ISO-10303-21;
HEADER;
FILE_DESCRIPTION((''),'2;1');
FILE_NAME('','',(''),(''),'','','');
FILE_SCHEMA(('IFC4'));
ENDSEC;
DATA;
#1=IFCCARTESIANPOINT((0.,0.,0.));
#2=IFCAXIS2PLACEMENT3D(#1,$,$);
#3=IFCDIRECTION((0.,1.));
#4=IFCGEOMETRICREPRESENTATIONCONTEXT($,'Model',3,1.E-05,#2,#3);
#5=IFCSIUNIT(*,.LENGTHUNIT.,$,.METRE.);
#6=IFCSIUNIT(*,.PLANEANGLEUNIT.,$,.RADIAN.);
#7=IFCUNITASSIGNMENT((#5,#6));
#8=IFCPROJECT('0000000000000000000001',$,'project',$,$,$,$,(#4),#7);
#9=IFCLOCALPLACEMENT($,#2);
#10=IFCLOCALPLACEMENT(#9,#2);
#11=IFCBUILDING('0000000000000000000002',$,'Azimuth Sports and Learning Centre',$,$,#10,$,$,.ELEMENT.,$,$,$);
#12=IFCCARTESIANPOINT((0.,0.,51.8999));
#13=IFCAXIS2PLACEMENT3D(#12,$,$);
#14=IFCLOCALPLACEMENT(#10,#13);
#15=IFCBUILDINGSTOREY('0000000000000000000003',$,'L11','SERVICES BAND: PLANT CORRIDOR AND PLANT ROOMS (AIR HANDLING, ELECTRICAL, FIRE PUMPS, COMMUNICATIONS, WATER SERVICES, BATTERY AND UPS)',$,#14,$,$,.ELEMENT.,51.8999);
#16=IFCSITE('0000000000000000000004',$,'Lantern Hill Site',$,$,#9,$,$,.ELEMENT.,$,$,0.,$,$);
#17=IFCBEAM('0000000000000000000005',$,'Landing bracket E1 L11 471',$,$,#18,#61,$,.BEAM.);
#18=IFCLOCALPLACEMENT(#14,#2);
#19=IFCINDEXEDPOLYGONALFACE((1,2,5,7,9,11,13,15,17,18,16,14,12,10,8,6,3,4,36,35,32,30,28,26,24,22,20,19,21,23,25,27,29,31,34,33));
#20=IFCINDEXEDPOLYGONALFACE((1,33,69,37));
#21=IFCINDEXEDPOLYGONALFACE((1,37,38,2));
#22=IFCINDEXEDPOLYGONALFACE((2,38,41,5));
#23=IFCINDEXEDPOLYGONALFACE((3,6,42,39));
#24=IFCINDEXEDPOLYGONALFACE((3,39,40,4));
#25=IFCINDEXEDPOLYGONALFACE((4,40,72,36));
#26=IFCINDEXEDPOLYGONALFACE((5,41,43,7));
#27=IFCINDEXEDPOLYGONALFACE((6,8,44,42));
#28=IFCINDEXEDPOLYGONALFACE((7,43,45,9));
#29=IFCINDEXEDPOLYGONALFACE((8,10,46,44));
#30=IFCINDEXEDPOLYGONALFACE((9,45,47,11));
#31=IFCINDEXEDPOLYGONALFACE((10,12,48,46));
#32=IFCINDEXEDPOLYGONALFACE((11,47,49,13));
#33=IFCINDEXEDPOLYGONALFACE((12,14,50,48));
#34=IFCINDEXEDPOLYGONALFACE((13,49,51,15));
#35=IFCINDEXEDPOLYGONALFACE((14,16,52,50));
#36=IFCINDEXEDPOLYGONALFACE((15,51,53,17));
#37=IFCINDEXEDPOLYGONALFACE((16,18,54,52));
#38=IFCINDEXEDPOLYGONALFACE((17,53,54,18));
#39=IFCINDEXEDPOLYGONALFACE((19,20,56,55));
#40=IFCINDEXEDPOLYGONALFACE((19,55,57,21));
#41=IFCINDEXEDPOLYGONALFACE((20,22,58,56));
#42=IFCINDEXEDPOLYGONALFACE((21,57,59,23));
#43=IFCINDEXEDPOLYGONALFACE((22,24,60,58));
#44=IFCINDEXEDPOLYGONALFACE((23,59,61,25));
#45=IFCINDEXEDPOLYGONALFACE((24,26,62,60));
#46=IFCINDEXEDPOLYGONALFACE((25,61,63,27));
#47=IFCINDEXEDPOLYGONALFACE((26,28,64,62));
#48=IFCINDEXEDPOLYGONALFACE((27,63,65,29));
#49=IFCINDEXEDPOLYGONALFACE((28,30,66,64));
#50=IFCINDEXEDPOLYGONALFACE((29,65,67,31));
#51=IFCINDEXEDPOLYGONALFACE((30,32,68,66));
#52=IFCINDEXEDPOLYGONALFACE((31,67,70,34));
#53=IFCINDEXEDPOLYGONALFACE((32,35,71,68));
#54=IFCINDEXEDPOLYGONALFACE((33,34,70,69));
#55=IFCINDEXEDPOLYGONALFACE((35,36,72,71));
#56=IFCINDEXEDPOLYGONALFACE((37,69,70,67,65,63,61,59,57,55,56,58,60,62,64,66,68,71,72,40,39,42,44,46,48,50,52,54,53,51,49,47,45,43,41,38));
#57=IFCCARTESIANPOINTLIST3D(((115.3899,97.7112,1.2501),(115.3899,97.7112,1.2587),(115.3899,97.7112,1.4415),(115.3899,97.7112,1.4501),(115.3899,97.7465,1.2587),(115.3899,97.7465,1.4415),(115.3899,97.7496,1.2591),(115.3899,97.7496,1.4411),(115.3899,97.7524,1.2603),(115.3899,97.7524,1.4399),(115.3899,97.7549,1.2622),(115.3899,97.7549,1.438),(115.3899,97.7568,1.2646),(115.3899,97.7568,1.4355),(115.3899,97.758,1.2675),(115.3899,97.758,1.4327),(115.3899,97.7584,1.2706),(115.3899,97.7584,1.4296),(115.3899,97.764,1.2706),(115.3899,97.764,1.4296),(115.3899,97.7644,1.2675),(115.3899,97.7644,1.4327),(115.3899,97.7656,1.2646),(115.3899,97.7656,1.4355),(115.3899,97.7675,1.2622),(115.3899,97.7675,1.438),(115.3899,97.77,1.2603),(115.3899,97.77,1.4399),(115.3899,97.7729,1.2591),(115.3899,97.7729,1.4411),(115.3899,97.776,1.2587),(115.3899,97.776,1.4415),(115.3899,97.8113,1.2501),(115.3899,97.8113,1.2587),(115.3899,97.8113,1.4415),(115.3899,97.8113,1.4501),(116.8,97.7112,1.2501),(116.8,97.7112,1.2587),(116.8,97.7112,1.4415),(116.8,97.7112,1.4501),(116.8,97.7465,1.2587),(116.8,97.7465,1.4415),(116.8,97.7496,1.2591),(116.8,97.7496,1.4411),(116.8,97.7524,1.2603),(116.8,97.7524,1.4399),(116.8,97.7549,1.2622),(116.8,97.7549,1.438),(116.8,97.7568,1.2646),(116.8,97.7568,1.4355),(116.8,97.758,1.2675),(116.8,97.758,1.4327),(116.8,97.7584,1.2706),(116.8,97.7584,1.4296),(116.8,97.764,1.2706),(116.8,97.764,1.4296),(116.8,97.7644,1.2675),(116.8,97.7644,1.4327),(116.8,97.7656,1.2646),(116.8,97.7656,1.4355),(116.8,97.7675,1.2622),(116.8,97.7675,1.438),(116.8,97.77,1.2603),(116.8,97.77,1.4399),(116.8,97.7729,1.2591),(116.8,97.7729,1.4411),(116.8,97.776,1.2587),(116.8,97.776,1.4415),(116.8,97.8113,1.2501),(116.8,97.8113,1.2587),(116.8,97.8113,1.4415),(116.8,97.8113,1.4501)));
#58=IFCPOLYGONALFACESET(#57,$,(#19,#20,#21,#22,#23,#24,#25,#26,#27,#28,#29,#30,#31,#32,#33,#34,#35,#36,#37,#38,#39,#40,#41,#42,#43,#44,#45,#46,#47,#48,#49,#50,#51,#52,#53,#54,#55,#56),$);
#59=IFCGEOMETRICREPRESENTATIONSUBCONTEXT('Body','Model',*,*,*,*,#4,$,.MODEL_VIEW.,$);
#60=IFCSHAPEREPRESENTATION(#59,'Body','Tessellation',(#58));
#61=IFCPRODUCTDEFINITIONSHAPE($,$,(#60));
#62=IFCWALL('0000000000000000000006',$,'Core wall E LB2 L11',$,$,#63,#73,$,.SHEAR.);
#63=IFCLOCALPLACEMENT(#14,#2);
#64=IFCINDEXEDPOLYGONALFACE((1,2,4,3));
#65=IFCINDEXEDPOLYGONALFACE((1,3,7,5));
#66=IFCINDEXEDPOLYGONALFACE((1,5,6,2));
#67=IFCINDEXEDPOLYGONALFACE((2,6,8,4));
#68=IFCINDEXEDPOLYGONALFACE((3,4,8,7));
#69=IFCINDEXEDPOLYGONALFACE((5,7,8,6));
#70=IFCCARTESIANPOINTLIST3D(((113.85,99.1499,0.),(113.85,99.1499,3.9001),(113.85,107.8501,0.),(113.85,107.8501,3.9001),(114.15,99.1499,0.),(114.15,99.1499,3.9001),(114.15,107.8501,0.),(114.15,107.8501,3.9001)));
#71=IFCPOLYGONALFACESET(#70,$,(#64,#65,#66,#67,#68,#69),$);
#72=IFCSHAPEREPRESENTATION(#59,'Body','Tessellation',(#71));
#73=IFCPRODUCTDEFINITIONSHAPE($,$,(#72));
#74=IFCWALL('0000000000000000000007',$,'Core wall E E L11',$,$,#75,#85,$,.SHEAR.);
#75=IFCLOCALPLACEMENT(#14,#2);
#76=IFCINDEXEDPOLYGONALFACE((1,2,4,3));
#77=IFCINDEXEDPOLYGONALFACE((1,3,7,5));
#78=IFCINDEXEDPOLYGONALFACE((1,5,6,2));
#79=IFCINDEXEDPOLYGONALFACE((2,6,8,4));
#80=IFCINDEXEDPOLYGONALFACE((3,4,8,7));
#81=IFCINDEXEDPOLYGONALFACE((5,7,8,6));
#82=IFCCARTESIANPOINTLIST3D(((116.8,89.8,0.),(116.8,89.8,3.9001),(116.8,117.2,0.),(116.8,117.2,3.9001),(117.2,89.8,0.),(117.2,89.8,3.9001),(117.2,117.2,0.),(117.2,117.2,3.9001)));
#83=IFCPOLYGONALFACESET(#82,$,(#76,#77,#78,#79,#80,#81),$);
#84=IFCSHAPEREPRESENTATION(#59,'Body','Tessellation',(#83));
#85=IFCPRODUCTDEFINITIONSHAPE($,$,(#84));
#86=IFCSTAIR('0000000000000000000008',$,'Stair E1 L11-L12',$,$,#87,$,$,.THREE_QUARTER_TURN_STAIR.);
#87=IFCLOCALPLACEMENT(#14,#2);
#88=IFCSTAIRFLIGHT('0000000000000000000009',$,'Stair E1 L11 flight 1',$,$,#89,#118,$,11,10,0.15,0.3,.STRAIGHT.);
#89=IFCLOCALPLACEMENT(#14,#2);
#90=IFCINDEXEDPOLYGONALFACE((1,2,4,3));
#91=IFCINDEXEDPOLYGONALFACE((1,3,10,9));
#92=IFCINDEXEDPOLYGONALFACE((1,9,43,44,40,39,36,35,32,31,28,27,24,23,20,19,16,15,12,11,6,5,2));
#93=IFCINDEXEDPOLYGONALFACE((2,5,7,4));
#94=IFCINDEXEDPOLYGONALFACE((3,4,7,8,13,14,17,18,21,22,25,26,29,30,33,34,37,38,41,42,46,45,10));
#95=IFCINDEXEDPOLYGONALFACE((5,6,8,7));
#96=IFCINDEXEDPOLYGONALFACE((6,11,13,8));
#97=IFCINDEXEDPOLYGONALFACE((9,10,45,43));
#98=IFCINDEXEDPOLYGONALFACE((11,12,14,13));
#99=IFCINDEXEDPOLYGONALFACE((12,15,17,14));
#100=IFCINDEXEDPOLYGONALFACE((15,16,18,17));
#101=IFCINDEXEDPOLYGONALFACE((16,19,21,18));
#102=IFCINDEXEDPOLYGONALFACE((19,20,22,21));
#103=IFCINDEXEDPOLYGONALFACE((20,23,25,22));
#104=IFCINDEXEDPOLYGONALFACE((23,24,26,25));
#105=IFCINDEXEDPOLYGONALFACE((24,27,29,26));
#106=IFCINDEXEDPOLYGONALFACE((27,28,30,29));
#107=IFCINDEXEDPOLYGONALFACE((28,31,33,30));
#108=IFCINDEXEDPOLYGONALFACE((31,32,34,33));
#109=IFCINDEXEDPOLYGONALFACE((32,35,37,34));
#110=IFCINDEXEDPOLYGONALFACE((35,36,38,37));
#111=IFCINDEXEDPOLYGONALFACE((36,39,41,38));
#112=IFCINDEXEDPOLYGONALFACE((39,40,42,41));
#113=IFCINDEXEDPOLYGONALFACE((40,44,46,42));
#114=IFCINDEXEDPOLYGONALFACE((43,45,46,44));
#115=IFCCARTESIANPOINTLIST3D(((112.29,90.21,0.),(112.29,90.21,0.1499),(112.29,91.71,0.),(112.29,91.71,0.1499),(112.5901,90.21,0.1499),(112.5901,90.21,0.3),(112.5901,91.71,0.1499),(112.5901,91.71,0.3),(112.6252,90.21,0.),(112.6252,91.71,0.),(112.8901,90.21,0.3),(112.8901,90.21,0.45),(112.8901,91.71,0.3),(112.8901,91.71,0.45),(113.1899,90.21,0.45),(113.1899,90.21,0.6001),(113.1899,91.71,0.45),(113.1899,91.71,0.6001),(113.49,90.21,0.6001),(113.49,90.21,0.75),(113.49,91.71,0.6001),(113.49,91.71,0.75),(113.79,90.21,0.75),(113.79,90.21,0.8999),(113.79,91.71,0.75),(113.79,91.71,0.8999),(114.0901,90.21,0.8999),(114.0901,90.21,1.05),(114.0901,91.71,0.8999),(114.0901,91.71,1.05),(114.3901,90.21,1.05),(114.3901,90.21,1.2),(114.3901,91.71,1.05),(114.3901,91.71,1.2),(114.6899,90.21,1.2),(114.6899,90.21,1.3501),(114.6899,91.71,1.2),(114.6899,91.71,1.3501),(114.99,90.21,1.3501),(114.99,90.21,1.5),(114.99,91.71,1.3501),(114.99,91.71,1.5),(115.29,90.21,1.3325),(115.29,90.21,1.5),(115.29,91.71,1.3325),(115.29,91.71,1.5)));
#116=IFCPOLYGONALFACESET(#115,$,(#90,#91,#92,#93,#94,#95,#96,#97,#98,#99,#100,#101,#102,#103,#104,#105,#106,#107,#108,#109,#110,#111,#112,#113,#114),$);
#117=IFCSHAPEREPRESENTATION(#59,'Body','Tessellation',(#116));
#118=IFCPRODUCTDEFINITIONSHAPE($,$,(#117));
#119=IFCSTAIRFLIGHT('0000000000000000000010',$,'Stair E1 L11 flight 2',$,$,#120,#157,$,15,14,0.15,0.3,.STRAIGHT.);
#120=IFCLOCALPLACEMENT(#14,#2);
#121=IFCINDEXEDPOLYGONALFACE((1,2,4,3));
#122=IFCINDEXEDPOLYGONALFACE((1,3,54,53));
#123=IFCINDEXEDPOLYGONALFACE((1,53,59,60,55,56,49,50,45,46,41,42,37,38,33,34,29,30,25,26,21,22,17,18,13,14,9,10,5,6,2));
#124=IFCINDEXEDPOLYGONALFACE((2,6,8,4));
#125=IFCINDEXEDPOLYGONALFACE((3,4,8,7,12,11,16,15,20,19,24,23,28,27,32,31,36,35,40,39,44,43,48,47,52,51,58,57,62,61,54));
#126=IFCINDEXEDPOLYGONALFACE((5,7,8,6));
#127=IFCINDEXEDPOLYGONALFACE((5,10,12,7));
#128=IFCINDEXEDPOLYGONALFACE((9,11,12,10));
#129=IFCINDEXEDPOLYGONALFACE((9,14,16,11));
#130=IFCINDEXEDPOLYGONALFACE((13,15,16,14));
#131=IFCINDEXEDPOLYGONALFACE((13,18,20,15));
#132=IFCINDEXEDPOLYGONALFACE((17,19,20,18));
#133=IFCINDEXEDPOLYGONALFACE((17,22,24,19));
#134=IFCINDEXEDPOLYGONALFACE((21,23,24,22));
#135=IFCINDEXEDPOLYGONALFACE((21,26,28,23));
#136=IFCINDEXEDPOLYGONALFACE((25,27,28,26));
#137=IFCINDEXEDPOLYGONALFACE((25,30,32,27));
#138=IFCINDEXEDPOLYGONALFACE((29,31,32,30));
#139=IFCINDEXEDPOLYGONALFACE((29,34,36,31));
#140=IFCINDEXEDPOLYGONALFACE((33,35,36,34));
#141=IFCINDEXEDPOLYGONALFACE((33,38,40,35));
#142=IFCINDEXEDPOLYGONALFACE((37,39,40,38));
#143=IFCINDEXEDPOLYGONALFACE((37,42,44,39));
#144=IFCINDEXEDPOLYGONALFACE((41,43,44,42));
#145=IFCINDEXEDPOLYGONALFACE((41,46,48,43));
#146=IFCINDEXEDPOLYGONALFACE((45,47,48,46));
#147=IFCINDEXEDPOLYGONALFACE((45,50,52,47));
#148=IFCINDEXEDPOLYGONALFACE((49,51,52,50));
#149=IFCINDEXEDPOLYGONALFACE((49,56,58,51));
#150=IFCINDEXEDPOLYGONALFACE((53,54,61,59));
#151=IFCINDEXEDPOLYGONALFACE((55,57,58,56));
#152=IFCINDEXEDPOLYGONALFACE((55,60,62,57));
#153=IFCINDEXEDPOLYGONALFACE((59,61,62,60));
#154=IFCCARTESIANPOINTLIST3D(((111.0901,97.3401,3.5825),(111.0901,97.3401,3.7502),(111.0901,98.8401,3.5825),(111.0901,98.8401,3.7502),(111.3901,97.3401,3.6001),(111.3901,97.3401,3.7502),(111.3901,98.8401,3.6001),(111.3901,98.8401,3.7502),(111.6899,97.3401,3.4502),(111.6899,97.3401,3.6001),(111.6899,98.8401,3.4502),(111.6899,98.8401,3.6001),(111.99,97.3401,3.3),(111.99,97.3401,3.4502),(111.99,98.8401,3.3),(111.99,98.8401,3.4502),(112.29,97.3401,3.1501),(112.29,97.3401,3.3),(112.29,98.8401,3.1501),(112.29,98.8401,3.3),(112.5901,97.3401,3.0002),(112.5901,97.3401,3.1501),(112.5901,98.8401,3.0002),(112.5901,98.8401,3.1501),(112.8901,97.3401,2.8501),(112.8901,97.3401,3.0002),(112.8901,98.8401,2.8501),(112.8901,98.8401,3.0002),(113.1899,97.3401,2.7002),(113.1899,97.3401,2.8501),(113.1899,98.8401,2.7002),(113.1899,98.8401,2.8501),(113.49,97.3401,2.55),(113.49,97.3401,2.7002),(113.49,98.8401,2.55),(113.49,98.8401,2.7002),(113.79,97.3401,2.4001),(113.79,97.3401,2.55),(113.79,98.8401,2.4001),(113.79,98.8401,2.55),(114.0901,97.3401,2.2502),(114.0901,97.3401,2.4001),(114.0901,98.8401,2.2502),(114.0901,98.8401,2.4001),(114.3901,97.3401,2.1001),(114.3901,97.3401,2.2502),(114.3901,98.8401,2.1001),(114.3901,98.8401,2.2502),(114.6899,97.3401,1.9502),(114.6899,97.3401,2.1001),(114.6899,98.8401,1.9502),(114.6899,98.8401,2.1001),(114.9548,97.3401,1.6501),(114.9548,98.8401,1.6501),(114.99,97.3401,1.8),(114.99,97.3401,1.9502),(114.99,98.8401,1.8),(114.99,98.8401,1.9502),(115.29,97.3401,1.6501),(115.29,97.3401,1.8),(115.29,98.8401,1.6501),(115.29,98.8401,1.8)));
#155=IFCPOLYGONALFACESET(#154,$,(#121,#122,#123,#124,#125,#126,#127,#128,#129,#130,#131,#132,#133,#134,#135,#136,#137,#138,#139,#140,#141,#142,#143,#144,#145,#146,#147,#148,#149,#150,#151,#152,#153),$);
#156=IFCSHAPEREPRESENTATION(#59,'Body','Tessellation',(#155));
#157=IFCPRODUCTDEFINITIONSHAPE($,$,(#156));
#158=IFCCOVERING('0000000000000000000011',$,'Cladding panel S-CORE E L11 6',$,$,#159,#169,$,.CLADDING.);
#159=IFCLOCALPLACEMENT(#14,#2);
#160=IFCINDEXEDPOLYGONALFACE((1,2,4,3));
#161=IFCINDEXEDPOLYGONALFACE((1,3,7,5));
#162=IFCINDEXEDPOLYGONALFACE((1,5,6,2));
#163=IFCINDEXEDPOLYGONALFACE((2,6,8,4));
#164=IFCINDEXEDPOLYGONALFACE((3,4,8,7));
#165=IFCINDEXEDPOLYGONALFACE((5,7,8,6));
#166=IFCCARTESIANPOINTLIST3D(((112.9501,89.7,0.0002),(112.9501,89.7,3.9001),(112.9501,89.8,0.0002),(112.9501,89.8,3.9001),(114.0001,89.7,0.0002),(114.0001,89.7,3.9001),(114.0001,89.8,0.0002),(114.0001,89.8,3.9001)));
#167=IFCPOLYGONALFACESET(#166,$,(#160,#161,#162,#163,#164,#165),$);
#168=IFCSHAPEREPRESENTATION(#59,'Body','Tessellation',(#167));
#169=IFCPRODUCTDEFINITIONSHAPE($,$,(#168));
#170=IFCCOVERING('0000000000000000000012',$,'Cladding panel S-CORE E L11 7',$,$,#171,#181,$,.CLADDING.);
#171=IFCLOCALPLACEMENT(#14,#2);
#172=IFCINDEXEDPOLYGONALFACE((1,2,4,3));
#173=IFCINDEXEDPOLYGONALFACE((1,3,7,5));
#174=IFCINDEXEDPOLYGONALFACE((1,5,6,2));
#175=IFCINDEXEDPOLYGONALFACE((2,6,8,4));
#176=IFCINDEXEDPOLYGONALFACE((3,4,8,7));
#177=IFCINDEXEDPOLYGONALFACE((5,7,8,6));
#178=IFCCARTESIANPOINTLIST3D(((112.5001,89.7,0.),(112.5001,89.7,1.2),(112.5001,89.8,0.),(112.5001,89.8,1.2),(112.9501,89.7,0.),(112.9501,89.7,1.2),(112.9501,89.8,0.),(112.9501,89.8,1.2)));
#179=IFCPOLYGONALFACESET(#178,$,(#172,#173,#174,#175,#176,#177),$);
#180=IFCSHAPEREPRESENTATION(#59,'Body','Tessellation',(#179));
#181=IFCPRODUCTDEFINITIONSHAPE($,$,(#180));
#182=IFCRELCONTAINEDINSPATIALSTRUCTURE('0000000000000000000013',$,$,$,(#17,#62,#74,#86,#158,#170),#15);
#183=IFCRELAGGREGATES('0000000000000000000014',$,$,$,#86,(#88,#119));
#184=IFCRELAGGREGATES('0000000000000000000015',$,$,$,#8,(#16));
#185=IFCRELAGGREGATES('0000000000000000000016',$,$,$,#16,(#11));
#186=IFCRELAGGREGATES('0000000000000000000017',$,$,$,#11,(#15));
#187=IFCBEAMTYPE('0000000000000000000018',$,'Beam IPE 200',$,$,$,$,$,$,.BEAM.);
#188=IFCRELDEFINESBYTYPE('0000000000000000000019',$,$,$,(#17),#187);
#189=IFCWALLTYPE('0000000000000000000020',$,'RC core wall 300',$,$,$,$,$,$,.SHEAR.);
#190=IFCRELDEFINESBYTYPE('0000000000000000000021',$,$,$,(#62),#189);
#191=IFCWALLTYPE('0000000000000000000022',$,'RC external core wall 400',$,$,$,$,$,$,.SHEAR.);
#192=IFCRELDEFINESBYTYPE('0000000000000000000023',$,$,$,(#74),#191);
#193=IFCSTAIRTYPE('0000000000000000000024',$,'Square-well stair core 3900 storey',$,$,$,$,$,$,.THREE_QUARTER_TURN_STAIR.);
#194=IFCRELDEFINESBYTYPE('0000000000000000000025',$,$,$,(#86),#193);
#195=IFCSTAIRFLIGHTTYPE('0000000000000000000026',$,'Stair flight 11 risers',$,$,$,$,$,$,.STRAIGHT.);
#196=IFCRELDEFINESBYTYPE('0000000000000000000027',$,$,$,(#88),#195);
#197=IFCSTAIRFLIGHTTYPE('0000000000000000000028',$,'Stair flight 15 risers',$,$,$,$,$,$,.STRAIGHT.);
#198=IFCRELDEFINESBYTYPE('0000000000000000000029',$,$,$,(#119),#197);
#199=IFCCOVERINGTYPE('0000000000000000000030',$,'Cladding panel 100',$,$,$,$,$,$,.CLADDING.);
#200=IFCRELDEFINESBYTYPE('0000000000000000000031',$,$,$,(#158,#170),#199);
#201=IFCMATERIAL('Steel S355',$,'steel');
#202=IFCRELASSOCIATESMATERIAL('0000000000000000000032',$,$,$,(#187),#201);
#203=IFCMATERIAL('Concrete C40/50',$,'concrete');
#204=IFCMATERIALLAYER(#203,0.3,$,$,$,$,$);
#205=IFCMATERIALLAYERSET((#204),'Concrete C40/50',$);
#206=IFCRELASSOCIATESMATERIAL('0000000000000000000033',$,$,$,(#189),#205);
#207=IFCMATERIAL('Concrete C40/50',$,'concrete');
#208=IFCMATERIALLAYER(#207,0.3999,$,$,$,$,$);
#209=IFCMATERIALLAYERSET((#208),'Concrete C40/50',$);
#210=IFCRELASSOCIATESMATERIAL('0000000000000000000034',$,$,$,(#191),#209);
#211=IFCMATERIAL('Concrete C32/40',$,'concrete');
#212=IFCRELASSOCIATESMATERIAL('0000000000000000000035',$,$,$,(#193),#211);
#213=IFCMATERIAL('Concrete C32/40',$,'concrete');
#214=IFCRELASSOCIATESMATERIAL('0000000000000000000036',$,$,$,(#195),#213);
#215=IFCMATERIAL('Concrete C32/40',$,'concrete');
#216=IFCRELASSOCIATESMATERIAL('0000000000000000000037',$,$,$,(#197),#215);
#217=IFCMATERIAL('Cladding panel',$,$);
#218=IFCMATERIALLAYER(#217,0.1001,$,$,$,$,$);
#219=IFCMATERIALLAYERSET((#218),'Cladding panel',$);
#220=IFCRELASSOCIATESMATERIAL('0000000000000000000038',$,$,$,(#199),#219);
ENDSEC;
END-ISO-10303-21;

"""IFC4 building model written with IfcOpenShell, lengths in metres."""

from ifc_helpers import new_model, si_unit, direction, frame, frame_2d, origin, origin_2d, place, context, subcontext, project, spatial, polyline, rectangle, i_section, outline, extrude, material, layer, layer_set, material_profile, profile_set, type_object, element, aggregate, save


model = new_model("IFC4")

# Units and contexts
model_context = context("Model", 3, precision=1e-05, world=origin(), true_north=direction((0.0, 1.0)))
body_context = subcontext(model_context, "Body", "Model", "MODEL_VIEW")
ifc_project = project(units=[si_unit("LENGTHUNIT", "METRE"), si_unit("PLANEANGLEUNIT", "RADIAN")], contexts=[model_context])

# Site, building, storey
site_placement = place(None, origin())
site = spatial("IfcSite", under=ifc_project, at=site_placement, Name="Lantern Hill Site", CompositionType="ELEMENT", RefElevation=0.0)
building_placement = place(site_placement, origin())
building = spatial("IfcBuilding", under=site, at=building_placement, Name="Azimuth Sports and Learning Centre", CompositionType="ELEMENT")
storey_placement = place(building_placement, frame((0.0, 0.0, 51.8999)))
storey = spatial("IfcBuildingStorey", under=building, at=storey_placement, Name="L11", Description="SERVICES BAND: PLANT CORRIDOR AND PLANT ROOMS (AIR HANDLING, ELECTRICAL, FIRE PUMPS, COMMUNICATIONS, WATER SERVICES, BATTERY AND UPS)", CompositionType="ELEMENT", Elevation=51.8999)

# Beam
ifc_material_1 = material(Name="Steel S355", Category="steel")
ifc_material_profile = material_profile(ifc_material_1, i_section(OverallWidth=0.1001, OverallDepth=0.2, WebThickness=0.0056, FlangeThickness=0.0085, FilletRadius=0.012, at=origin_2d()), Name="IPE 200")
ifc_profile_set = profile_set([ifc_material_profile], Name="Steel S355")
beam_type = type_object("IfcBeamType", Name="Beam IPE 200", PredefinedType="BEAM", material=ifc_profile_set)
for number, where, z_axis, x_axis, name in (
    (1, (116.8, 97.7612, 1.3501), (-1.0, 0.0, 0.0), (0.0, -1.0, 0.0), "Landing bracket E1 L11 471"),
):
    element("IfcBeam", number, at=place(storey_placement, frame(where, z_axis=z_axis, x_axis=x_axis)), inside=storey, type_object=beam_type, Name=name, PredefinedType="BEAM", context=body_context, shape_type="SweptSolid", body=[
        extrude(i_section(OverallWidth=0.1001, OverallDepth=0.2, WebThickness=0.0056, FlangeThickness=0.0085, FilletRadius=0.012, at=origin_2d()), origin(), (0.0, 0.0, 1.0), 1.4102),
    ])

# Walls
ifc_material_2 = material(Name="Concrete C40/50", Category="concrete")
ifc_layer_1 = layer(ifc_material_2, 0.3)
ifc_layer_set_1 = layer_set([ifc_layer_1], Name="Concrete C40/50")
wall_type_1 = type_object("IfcWallType", Name="RC core wall 300", PredefinedType="SHEAR", material=ifc_layer_set_1)
wall_1_placement = place(storey_placement, frame((114.0, 99.1499, 0.0), z_axis=(0.0, 0.0, 1.0), x_axis=(0.0, 1.0, 0.0)))
element("IfcWall", 2, at=wall_1_placement, inside=storey, type_object=wall_type_1, Name="Core wall E LB2 L11", PredefinedType="SHEAR", context=body_context, shape_type="SweptSolid", body=[
    extrude(rectangle(XDim=8.7002, YDim=0.3, at=frame_2d((4.3501, 0.0))), origin(), (0.0, 0.0, 1.0), 3.9001),
])
ifc_material_3 = material(Name="Concrete C40/50", Category="concrete")
ifc_layer_2 = layer(ifc_material_3, 0.3999)
ifc_layer_set_2 = layer_set([ifc_layer_2], Name="Concrete C40/50")
wall_type_2 = type_object("IfcWallType", Name="RC external core wall 400", PredefinedType="SHEAR", material=ifc_layer_set_2)
wall_2_placement = place(storey_placement, frame((117.0, 89.8, 0.0), z_axis=(0.0, 0.0, 1.0), x_axis=(0.0, 1.0, 0.0)))
element("IfcWall", 3, at=wall_2_placement, inside=storey, type_object=wall_type_2, Name="Core wall E E L11", PredefinedType="SHEAR", context=body_context, shape_type="SweptSolid", body=[
    extrude(rectangle(XDim=27.3999, YDim=0.3999, at=frame_2d((13.7, 0.0))), origin(), (0.0, 0.0, 1.0), 3.9001),
])

# Stair, stair flights
ifc_material_4 = material(Name="Concrete C32/40", Category="concrete")
stair_type = type_object("IfcStairType", Name="Square-well stair core 3900 storey", PredefinedType="THREE_QUARTER_TURN_STAIR", material=ifc_material_4)
stair_placement = place(storey_placement, origin())
stair = element("IfcStair", 4, at=stair_placement, inside=storey, type_object=stair_type, Name="Stair E1 L11-L12", PredefinedType="THREE_QUARTER_TURN_STAIR")
ifc_material_5 = material(Name="Concrete C32/40", Category="concrete")
stair_flight_type_1 = type_object("IfcStairFlightType", Name="Stair flight 11 risers", PredefinedType="STRAIGHT", material=ifc_material_5)
stair_flight_1_placement = place(storey_placement, frame((112.29, 90.96, 0.0), z_axis=(0.0, 0.0, 1.0), x_axis=(1.0, 0.0, 0.0)))
stair_flight_1 = element("IfcStairFlight", 5, at=stair_flight_1_placement, type_object=stair_flight_type_1, Name="Stair E1 L11 flight 1", NumberOfRisers=11, NumberOfTreads=10, PredefinedType="STRAIGHT", RiserHeight=0.15, TreadLength=0.3, context=body_context, shape_type="SweptSolid", body=[
    extrude(outline(polyline([(0.0, 0.0), (0.0, 0.1499), (0.3, 0.1499), (0.3, 0.3), (0.6001, 0.3), (0.6001, 0.45), (0.8999, 0.45), (0.8999, 0.6001), (1.2, 0.6001), (1.2, 0.75), (1.5, 0.75), (1.5, 0.8999), (1.8, 0.8999), (1.8, 1.05), (2.1001, 1.05), (2.1001, 1.2), (2.3999, 1.2), (2.3999, 1.3501), (2.7, 1.3501), (2.7, 1.5), (3.0, 1.5), (3.0, 1.6499), (3.0, 1.3325), (0.3352, 0.0), (0.0, 0.0)])), frame((0.0, 0.75, 0.0), z_axis=(0.0, -1.0, 0.0), x_axis=(1.0, 0.0, 0.0)), (0.0, 0.0, 1.0), 1.5),
])
ifc_material_6 = material(Name="Concrete C32/40", Category="concrete")
stair_flight_type_2 = type_object("IfcStairFlightType", Name="Stair flight 15 risers", PredefinedType="STRAIGHT", material=ifc_material_6)
stair_flight_2_placement = place(storey_placement, frame((115.29, 98.0901, 1.6501), z_axis=(0.0, 0.0, 1.0), x_axis=(-1.0, 0.0, 0.0)))
stair_flight_2 = element("IfcStairFlight", 6, at=stair_flight_2_placement, type_object=stair_flight_type_2, Name="Stair E1 L11 flight 2", NumberOfRisers=15, NumberOfTreads=14, PredefinedType="STRAIGHT", RiserHeight=0.15, TreadLength=0.3, context=body_context, shape_type="SweptSolid", body=[
    extrude(outline(polyline([(0.0, 0.0), (0.0, 0.1499), (0.3, 0.1499), (0.3, 0.3), (0.6001, 0.3), (0.6001, 0.45), (0.8999, 0.45), (0.8999, 0.6001), (1.2, 0.6001), (1.2, 0.75), (1.5, 0.75), (1.5, 0.8999), (1.8, 0.8999), (1.8, 1.05), (2.1001, 1.05), (2.1001, 1.2), (2.3999, 1.2), (2.3999, 1.3501), (2.7, 1.3501), (2.7, 1.5), (3.0, 1.5), (3.0, 1.6499), (3.3, 1.6499), (3.3, 1.8), (3.6001, 1.8), (3.6001, 1.95), (3.8999, 1.95), (3.8999, 2.1001), (4.2, 2.1001), (4.2, 2.25), (4.2, 1.9324), (0.3352, 0.0), (0.0, 0.0)])), frame((0.0, 0.75, 0.0), z_axis=(0.0, -1.0, 0.0), x_axis=(1.0, 0.0, 0.0)), (0.0, 0.0, 1.0), 1.5),
])
aggregate(stair, [stair_flight_1, stair_flight_2])

# Coverings
ifc_material_7 = material(Name="Cladding panel")
ifc_layer_3 = layer(ifc_material_7, 0.1001)
ifc_layer_set_3 = layer_set([ifc_layer_3], Name="Cladding panel")
covering_type = type_object("IfcCoveringType", Name="Cladding panel 100", PredefinedType="CLADDING", material=ifc_layer_set_3)
covering_1_placement = place(storey_placement, frame((113.4751, 89.75, 0.0002), z_axis=(0.0, 0.0, 1.0), x_axis=(1.0, 0.0, 0.0)))
element("IfcCovering", 7, at=covering_1_placement, inside=storey, type_object=covering_type, Name="Cladding panel S-CORE E L11 6", PredefinedType="CLADDING", context=body_context, shape_type="SweptSolid", body=[
    extrude(rectangle(XDim=1.05, YDim=0.1001, at=origin_2d()), origin(), (0.0, 0.0, 1.0), 3.8999),
])
for number, where, z_axis, x_axis, name in (
    (8, (112.7251, 89.75, 0.0), (0.0, 0.0, 1.0), (1.0, 0.0, 0.0), "Cladding panel S-CORE E L11 7"),
):
    element("IfcCovering", number, at=place(storey_placement, frame(where, z_axis=z_axis, x_axis=x_axis)), inside=storey, type_object=covering_type, Name=name, PredefinedType="CLADDING", context=body_context, shape_type="SweptSolid", body=[
        extrude(rectangle(XDim=0.45, YDim=0.1001, at=origin_2d()), origin(), (0.0, 0.0, 1.0), 1.2),
    ])

save(model, "model.ifc")
